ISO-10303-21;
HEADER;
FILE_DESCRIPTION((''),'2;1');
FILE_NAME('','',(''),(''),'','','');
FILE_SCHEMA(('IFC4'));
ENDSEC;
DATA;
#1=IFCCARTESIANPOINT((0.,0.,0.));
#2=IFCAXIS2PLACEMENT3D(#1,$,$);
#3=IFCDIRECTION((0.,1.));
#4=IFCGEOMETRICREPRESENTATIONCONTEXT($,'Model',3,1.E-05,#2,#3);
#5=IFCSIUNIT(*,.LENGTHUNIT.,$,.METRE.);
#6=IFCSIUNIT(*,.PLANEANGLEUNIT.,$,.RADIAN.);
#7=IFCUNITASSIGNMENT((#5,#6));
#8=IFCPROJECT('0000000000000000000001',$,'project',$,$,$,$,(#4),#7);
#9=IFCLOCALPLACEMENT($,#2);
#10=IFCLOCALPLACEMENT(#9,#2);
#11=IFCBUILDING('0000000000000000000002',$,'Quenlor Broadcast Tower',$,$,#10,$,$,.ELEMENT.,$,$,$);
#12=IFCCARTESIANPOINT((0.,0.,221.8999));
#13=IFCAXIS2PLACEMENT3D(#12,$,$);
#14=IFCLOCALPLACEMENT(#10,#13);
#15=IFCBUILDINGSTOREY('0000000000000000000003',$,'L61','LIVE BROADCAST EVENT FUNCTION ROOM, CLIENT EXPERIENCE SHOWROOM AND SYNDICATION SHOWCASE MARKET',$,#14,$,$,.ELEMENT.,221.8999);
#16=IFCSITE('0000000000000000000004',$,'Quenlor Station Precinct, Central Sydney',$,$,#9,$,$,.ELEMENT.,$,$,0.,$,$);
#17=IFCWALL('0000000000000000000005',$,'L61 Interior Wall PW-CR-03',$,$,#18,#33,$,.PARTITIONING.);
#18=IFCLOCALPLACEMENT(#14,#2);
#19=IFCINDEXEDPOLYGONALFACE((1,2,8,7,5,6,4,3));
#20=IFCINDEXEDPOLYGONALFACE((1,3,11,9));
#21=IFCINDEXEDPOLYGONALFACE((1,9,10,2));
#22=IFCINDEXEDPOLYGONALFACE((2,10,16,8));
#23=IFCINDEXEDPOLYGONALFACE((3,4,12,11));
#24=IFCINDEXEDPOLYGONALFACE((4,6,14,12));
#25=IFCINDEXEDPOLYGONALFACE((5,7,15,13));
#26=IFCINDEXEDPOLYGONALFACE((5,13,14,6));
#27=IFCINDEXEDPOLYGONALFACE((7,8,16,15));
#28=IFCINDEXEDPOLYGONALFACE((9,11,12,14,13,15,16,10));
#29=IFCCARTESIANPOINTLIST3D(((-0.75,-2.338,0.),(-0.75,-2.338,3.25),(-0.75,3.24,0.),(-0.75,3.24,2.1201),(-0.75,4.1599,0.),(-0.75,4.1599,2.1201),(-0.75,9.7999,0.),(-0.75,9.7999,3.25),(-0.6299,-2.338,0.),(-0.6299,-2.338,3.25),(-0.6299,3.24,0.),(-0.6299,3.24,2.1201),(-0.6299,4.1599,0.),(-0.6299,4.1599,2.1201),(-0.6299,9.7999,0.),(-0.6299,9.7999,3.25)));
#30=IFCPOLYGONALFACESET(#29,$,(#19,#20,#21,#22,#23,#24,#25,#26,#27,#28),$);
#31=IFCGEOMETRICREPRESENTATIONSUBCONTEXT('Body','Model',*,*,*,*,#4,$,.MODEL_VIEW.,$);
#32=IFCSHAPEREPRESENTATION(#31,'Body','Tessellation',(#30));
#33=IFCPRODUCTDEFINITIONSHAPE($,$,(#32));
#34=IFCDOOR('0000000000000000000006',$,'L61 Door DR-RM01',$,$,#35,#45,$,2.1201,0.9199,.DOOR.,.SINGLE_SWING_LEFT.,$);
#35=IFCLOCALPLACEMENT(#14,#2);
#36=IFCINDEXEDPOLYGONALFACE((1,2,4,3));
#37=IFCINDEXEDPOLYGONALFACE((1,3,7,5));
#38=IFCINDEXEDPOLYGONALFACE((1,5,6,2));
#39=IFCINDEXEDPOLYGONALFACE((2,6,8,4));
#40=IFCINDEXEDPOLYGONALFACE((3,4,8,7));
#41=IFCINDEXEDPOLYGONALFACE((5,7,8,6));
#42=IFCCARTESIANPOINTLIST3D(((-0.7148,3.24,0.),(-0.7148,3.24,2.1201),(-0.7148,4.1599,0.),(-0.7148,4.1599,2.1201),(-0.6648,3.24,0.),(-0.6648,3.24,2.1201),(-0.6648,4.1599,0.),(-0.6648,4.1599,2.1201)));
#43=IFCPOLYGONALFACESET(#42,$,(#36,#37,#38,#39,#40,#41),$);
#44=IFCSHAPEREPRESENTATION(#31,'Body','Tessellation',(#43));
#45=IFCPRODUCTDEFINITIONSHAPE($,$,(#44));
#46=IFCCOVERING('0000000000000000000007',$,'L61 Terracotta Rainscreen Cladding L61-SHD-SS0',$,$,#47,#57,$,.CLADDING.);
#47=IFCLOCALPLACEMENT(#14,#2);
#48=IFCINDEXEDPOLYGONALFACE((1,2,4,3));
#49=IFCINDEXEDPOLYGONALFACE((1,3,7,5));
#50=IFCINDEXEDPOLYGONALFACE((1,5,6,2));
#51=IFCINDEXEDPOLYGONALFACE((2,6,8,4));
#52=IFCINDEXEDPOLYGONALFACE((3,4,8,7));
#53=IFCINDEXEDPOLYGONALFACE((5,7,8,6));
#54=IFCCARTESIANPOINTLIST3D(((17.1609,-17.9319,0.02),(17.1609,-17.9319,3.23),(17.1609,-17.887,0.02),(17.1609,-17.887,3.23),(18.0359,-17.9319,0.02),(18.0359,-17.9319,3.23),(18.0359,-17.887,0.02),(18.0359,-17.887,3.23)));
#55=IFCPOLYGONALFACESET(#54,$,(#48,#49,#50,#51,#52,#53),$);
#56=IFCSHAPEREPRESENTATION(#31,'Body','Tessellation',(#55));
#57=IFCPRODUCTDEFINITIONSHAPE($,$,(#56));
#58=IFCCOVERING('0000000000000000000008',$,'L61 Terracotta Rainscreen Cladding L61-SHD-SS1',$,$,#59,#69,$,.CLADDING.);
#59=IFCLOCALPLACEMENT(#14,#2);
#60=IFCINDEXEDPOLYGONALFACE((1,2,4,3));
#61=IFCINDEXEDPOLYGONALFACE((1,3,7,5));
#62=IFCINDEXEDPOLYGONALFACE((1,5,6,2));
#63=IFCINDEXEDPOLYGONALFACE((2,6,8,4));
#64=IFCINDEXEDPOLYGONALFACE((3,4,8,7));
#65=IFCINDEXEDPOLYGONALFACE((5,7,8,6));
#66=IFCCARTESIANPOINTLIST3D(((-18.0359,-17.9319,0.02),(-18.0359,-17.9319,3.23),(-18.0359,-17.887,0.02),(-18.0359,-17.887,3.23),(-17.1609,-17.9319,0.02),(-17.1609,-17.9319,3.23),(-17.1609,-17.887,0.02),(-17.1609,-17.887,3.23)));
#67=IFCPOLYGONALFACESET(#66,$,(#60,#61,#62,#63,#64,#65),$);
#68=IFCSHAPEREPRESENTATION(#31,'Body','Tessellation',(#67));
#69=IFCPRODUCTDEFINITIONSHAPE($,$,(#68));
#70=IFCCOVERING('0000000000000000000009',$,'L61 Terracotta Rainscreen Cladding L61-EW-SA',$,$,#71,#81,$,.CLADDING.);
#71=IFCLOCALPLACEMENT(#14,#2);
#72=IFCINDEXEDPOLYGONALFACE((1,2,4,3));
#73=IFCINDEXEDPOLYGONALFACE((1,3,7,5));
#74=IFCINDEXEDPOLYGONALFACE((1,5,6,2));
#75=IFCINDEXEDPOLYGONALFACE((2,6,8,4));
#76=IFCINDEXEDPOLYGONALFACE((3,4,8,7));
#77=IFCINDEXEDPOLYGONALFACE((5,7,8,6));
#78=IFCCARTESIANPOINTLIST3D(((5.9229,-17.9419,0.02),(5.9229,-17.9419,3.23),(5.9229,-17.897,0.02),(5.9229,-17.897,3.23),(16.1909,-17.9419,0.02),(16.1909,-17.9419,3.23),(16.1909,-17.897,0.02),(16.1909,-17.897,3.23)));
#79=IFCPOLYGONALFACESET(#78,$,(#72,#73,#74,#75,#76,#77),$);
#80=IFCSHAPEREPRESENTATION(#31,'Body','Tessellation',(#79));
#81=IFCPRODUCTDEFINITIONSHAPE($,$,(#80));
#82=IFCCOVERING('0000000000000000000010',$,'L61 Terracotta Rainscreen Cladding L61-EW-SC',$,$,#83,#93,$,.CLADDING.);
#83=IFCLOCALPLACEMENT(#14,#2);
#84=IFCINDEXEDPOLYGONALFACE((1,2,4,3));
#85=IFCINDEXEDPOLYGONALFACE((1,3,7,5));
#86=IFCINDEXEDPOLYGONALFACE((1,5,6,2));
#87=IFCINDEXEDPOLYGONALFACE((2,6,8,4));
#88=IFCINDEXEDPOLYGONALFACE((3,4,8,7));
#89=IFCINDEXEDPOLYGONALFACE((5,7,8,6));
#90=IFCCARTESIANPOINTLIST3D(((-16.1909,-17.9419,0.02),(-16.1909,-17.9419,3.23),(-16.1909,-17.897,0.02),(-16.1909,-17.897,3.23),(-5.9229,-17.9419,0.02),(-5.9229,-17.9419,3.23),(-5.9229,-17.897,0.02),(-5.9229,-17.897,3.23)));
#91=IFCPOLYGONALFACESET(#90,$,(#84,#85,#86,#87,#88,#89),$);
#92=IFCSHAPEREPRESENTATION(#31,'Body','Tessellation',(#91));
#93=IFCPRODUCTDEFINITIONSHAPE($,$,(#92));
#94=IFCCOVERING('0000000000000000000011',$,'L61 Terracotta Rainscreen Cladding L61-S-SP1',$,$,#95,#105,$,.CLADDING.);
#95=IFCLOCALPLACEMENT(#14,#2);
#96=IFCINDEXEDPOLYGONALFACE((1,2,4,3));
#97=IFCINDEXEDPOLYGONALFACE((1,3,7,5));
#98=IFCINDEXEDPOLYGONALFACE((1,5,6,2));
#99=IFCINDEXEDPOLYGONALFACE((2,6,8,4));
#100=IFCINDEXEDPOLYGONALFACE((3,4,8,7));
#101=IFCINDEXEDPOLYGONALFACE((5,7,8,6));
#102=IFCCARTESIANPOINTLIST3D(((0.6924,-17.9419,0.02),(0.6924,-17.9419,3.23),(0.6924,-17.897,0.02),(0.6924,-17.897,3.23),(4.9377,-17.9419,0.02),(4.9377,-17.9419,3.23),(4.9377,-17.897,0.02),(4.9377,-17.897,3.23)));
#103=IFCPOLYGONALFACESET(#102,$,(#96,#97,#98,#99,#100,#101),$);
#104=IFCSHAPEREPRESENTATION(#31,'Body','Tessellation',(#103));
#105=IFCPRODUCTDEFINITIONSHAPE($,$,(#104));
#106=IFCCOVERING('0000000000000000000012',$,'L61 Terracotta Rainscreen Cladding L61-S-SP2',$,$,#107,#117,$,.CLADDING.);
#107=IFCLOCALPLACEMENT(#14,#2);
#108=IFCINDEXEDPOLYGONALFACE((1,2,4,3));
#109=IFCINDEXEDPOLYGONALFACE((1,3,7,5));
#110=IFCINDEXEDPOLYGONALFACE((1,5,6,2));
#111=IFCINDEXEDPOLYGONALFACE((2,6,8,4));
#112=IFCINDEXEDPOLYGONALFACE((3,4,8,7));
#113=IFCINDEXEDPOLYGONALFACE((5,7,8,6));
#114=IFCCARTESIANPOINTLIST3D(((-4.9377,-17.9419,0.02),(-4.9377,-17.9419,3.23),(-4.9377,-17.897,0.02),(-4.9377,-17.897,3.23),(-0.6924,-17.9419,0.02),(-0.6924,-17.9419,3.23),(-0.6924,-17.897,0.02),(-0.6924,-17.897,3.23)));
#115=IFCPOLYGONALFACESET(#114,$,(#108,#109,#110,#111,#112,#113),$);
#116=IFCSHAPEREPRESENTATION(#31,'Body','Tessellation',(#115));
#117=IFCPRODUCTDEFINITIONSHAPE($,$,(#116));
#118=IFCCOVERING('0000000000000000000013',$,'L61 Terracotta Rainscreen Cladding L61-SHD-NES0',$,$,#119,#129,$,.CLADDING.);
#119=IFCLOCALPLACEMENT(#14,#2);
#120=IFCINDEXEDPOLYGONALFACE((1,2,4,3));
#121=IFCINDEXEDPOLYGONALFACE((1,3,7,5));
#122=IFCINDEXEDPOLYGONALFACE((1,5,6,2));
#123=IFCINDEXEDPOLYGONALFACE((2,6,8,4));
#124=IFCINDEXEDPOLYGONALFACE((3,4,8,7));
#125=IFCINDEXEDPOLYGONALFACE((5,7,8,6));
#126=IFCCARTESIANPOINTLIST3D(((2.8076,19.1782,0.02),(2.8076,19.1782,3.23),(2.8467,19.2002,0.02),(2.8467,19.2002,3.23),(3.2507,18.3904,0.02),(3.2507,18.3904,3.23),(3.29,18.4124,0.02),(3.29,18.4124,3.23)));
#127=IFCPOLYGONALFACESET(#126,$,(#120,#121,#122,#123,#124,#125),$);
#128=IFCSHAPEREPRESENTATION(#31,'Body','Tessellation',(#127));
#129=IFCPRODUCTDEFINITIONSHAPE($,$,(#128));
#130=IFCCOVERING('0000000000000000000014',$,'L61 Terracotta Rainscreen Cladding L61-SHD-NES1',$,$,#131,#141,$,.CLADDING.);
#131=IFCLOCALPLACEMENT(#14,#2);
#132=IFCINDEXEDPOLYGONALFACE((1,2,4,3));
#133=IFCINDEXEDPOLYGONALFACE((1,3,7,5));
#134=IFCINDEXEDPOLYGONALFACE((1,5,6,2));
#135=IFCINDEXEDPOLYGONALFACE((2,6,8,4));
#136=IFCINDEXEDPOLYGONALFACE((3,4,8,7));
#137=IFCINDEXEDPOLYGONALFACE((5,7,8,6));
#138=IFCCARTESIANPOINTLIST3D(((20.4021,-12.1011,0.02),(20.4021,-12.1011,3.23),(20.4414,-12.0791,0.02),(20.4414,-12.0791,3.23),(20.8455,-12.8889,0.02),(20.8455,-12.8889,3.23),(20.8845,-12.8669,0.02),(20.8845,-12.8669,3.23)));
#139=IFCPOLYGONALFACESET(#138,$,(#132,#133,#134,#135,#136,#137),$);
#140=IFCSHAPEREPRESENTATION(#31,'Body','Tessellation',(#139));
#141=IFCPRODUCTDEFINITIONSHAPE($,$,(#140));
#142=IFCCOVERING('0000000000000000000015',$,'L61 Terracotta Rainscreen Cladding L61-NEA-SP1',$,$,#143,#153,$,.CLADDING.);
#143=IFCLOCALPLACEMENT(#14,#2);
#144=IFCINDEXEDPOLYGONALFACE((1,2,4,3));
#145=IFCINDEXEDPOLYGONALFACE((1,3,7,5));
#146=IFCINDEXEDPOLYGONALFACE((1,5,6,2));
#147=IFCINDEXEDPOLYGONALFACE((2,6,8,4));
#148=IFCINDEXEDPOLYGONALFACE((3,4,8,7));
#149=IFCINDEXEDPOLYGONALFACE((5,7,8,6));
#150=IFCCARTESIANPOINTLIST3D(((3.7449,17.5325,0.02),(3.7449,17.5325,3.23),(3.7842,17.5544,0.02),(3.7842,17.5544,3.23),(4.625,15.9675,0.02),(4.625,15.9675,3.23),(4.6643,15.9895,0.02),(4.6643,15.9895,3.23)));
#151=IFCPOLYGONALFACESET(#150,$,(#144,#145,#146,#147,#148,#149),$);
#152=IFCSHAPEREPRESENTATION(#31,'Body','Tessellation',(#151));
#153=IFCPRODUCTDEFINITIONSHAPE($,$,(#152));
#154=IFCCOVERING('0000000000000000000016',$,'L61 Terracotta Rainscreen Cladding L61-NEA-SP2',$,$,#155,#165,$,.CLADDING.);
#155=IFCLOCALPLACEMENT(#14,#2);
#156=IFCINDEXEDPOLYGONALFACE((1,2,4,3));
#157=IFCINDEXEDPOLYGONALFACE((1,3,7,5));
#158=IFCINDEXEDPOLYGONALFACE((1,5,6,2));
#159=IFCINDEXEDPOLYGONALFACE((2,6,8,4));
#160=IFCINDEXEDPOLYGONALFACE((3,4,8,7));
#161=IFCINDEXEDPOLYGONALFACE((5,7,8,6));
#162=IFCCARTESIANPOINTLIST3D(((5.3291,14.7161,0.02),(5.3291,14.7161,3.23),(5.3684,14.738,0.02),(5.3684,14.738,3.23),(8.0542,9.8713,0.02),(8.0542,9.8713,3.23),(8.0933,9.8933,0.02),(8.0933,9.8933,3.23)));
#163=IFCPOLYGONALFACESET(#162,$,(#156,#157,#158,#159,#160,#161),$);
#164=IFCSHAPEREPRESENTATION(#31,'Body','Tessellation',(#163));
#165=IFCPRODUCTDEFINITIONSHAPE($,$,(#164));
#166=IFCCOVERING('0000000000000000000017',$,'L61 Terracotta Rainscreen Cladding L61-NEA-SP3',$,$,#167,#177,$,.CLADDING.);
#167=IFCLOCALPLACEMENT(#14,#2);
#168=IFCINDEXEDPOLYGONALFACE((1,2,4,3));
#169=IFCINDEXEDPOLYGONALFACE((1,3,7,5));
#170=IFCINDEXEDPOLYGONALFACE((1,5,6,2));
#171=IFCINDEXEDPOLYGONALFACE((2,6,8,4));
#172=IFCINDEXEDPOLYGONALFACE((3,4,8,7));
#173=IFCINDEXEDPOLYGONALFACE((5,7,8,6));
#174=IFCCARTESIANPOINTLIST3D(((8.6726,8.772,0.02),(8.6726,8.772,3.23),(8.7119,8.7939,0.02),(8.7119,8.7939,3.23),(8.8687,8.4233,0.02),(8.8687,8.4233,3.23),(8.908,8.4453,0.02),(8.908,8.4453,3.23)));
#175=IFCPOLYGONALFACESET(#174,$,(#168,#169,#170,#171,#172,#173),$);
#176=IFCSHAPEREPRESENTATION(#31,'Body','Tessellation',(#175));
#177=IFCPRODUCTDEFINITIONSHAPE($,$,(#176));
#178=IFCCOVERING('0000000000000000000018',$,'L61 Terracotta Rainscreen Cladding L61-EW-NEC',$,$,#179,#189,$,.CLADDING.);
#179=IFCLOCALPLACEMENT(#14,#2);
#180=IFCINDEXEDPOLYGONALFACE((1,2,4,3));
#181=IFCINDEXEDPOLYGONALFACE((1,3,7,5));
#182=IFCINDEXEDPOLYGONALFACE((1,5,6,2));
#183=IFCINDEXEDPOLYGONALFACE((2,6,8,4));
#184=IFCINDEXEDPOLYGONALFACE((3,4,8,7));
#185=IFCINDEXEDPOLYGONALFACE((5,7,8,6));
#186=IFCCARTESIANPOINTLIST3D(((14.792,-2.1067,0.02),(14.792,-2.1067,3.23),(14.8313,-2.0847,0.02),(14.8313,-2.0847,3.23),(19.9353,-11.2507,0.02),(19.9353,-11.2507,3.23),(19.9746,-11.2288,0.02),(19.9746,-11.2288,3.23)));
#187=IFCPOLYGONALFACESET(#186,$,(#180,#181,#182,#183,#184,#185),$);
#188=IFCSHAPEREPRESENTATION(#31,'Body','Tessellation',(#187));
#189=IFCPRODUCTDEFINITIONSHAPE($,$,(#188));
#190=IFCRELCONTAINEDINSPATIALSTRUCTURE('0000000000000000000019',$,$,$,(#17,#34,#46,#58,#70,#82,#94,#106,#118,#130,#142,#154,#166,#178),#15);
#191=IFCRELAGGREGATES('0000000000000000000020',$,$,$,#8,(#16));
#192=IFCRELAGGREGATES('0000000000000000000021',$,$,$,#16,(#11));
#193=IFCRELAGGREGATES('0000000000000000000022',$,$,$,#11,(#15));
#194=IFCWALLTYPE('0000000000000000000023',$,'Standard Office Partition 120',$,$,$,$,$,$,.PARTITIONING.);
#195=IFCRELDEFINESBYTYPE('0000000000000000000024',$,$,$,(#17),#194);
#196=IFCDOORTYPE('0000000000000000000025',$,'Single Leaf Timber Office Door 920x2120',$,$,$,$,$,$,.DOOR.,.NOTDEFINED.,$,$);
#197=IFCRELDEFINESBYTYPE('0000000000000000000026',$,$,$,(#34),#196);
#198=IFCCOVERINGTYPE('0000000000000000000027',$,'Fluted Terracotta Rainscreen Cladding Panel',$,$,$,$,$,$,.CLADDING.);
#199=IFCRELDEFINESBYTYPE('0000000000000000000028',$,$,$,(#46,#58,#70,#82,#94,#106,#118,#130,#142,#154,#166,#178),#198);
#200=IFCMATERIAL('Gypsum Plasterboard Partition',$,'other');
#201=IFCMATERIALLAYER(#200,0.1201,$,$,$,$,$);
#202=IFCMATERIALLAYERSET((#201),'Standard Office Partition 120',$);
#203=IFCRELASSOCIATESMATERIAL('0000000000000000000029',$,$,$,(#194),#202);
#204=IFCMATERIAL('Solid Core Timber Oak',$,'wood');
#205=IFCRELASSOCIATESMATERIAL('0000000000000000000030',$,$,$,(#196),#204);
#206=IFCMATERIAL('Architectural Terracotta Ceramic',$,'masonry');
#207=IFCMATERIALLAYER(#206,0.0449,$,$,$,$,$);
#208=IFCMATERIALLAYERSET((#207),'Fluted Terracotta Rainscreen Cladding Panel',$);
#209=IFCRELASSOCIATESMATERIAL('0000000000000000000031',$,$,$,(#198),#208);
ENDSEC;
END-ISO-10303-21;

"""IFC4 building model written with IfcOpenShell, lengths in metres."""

from ifc_helpers import new_model, si_unit, direction, frame, frame_2d, origin, place, context, subcontext, project, spatial, polyline, rectangle, outline, extrude, material, layer, layer_set, type_object, element, fill, save


model = new_model("IFC4")

# Units and contexts
model_context = context("Model", 3, precision=1e-05, world=origin(), true_north=direction((0.0, 1.0)))
body_context = subcontext(model_context, "Body", "Model", "MODEL_VIEW")
ifc_project = project(units=[si_unit("LENGTHUNIT", "METRE"), si_unit("PLANEANGLEUNIT", "RADIAN")], contexts=[model_context])

# Site, building, storey
site_placement = place(None, origin())
site = spatial("IfcSite", under=ifc_project, at=site_placement, Name="Quenlor Station Precinct, Central Sydney", CompositionType="ELEMENT", RefElevation=0.0)
building_placement = place(site_placement, origin())
building = spatial("IfcBuilding", under=site, at=building_placement, Name="Quenlor Broadcast Tower", CompositionType="ELEMENT")
storey_placement = place(building_placement, frame((0.0, 0.0, 221.8999)))
storey = spatial("IfcBuildingStorey", under=building, at=storey_placement, Name="L61", Description="LIVE BROADCAST EVENT FUNCTION ROOM, CLIENT EXPERIENCE SHOWROOM AND SYNDICATION SHOWCASE MARKET", CompositionType="ELEMENT", Elevation=221.8999)

# Shared definitions
ifc_material_1 = material(Name="Gypsum Plasterboard Partition", Category="other")
ifc_layer_1 = layer(ifc_material_1, 0.1201)
ifc_layer_set_1 = layer_set([ifc_layer_1], Name="Standard Office Partition 120")
wall_type = type_object("IfcWallType", Name="Standard Office Partition 120", PredefinedType="PARTITIONING", material=ifc_layer_set_1)

# Wall, opening, door
wall_placement = place(storey_placement, frame((-0.6899, -2.3379, 0.0), z_axis=(0.0, 0.0, 1.0), x_axis=(0.0, 1.0, 0.0)))
wall = element("IfcWall", 1, at=wall_placement, inside=storey, type_object=wall_type, Name="L61 Interior Wall PW-CR-03", PredefinedType="PARTITIONING", context=body_context, shape_type="SweptSolid", body=[
    extrude(rectangle(XDim=12.1379, YDim=0.1201, at=frame_2d((6.0688, 0.0))), origin(), (0.0, 0.0, 1.0), 3.25),
])
opening_placement = place(wall_placement, frame((5.5779, 0.0, 0.0)))
opening = element("IfcOpeningElement", 2, at=opening_placement, cuts=wall, PredefinedType="OPENING", context=body_context, shape_type="SweptSolid", body=[
    extrude(rectangle(XDim=0.9199, YDim=2.1201, at=frame_2d((0.46, 1.0601))), frame((0.0, 0.0701, 0.0), z_axis=(0.0, -1.0, 0.0), x_axis=(1.0, 0.0, 0.0)), (0.0, 0.0, 1.0), 0.1401),
])
ifc_material_2 = material(Name="Solid Core Timber Oak", Category="wood")
door_type = type_object("IfcDoorType", Name="Single Leaf Timber Office Door 920x2120", OperationType="NOTDEFINED", PredefinedType="DOOR", material=ifc_material_2)
door_placement = place(opening_placement, origin())
door = element("IfcDoor", 3, at=door_placement, inside=storey, type_object=door_type, Name="L61 Door DR-RM01", OperationType="SINGLE_SWING_LEFT", OverallHeight=2.1201, OverallWidth=0.9199, PredefinedType="DOOR", context=body_context, shape_type="SweptSolid", body=[
    extrude(rectangle(XDim=0.9199, YDim=2.1201, at=frame_2d((0.46, 1.0601))), frame((0.0, 0.0249, 0.0), z_axis=(0.0, -1.0, 0.0), x_axis=(1.0, 0.0, 0.0)), (0.0, 0.0, 1.0), 0.05),
])
fill(opening, door)

# Coverings
ifc_material_3 = material(Name="Architectural Terracotta Ceramic", Category="masonry")
ifc_layer_2 = layer(ifc_material_3, 0.0449)
ifc_layer_set_2 = layer_set([ifc_layer_2], Name="Fluted Terracotta Rainscreen Cladding Panel")
covering_type = type_object("IfcCoveringType", Name="Fluted Terracotta Rainscreen Cladding Panel", PredefinedType="CLADDING", material=ifc_layer_set_2)
covering_1_placement = place(storey_placement, frame((0.0, 0.0, 0.02)))
element("IfcCovering", 4, at=covering_1_placement, inside=storey, type_object=covering_type, Name="L61 Terracotta Rainscreen Cladding L61-SHD-SS0", PredefinedType="CLADDING", context=body_context, shape_type="SweptSolid", body=[
    extrude(outline(polyline([(18.0359, -17.887), (17.1609, -17.887), (17.1609, -17.9319), (18.0359, -17.9319), (18.0359, -17.887)])), origin(), (0.0, 0.0, 1.0), 3.21),
])
covering_2_placement = place(storey_placement, frame((0.0, 0.0, 0.02)))
element("IfcCovering", 5, at=covering_2_placement, inside=storey, type_object=covering_type, Name="L61 Terracotta Rainscreen Cladding L61-SHD-SS1", PredefinedType="CLADDING", context=body_context, shape_type="SweptSolid", body=[
    extrude(outline(polyline([(-17.1609, -17.887), (-18.0359, -17.887), (-18.0359, -17.9319), (-17.1609, -17.9319), (-17.1609, -17.887)])), origin(), (0.0, 0.0, 1.0), 3.21),
])
covering_3_placement = place(storey_placement, frame((0.0, 0.0, 0.02)))
element("IfcCovering", 6, at=covering_3_placement, inside=storey, type_object=covering_type, Name="L61 Terracotta Rainscreen Cladding L61-EW-SA", PredefinedType="CLADDING", context=body_context, shape_type="SweptSolid", body=[
    extrude(outline(polyline([(16.1909, -17.897), (5.9229, -17.897), (5.9229, -17.9419), (16.1909, -17.9419), (16.1909, -17.897)])), origin(), (0.0, 0.0, 1.0), 3.21),
])
covering_4_placement = place(storey_placement, frame((0.0, 0.0, 0.02)))
element("IfcCovering", 7, at=covering_4_placement, inside=storey, type_object=covering_type, Name="L61 Terracotta Rainscreen Cladding L61-EW-SC", PredefinedType="CLADDING", context=body_context, shape_type="SweptSolid", body=[
    extrude(outline(polyline([(-5.9229, -17.897), (-16.1909, -17.897), (-16.1909, -17.9419), (-5.9229, -17.9419), (-5.9229, -17.897)])), origin(), (0.0, 0.0, 1.0), 3.21),
])
covering_5_placement = place(storey_placement, frame((0.0, 0.0, 0.02)))
element("IfcCovering", 8, at=covering_5_placement, inside=storey, type_object=covering_type, Name="L61 Terracotta Rainscreen Cladding L61-S-SP1", PredefinedType="CLADDING", context=body_context, shape_type="SweptSolid", body=[
    extrude(outline(polyline([(4.9377, -17.897), (0.6924, -17.897), (0.6924, -17.9419), (4.9377, -17.9419), (4.9377, -17.897)])), origin(), (0.0, 0.0, 1.0), 3.21),
])
covering_6_placement = place(storey_placement, frame((0.0, 0.0, 0.02)))
element("IfcCovering", 9, at=covering_6_placement, inside=storey, type_object=covering_type, Name="L61 Terracotta Rainscreen Cladding L61-S-SP2", PredefinedType="CLADDING", context=body_context, shape_type="SweptSolid", body=[
    extrude(outline(polyline([(-0.6924, -17.897), (-4.9377, -17.897), (-4.9377, -17.9419), (-0.6924, -17.9419), (-0.6924, -17.897)])), origin(), (0.0, 0.0, 1.0), 3.21),
])
covering_7_placement = place(storey_placement, frame((0.0, 0.0, 0.02)))
element("IfcCovering", 10, at=covering_7_placement, inside=storey, type_object=covering_type, Name="L61 Terracotta Rainscreen Cladding L61-SHD-NES0", PredefinedType="CLADDING", context=body_context, shape_type="SweptSolid", body=[
    extrude(outline(polyline([(2.8076, 19.1782), (3.2507, 18.3904), (3.29, 18.4124), (2.8467, 19.2002), (2.8076, 19.1782)])), origin(), (0.0, 0.0, 1.0), 3.21),
])
covering_8_placement = place(storey_placement, frame((0.0, 0.0, 0.02)))
element("IfcCovering", 11, at=covering_8_placement, inside=storey, type_object=covering_type, Name="L61 Terracotta Rainscreen Cladding L61-SHD-NES1", PredefinedType="CLADDING", context=body_context, shape_type="SweptSolid", body=[
    extrude(outline(polyline([(20.4021, -12.1011), (20.8455, -12.8889), (20.8845, -12.8669), (20.4414, -12.0791), (20.4021, -12.1011)])), origin(), (0.0, 0.0, 1.0), 3.21),
])
covering_9_placement = place(storey_placement, frame((0.0, 0.0, 0.02)))
element("IfcCovering", 12, at=covering_9_placement, inside=storey, type_object=covering_type, Name="L61 Terracotta Rainscreen Cladding L61-NEA-SP1", PredefinedType="CLADDING", context=body_context, shape_type="SweptSolid", body=[
    extrude(outline(polyline([(3.7449, 17.5325), (4.625, 15.9675), (4.6643, 15.9895), (3.7842, 17.5544), (3.7449, 17.5325)])), origin(), (0.0, 0.0, 1.0), 3.21),
])
covering_10_placement = place(storey_placement, frame((0.0, 0.0, 0.02)))
element("IfcCovering", 13, at=covering_10_placement, inside=storey, type_object=covering_type, Name="L61 Terracotta Rainscreen Cladding L61-NEA-SP2", PredefinedType="CLADDING", context=body_context, shape_type="SweptSolid", body=[
    extrude(outline(polyline([(5.3291, 14.7161), (8.0542, 9.8713), (8.0933, 9.8933), (5.3684, 14.738), (5.3291, 14.7161)])), origin(), (0.0, 0.0, 1.0), 3.21),
])
covering_11_placement = place(storey_placement, frame((0.0, 0.0, 0.02)))
element("IfcCovering", 14, at=covering_11_placement, inside=storey, type_object=covering_type, Name="L61 Terracotta Rainscreen Cladding L61-NEA-SP3", PredefinedType="CLADDING", context=body_context, shape_type="SweptSolid", body=[
    extrude(outline(polyline([(8.6726, 8.772), (8.8687, 8.4233), (8.908, 8.4453), (8.7119, 8.7939), (8.6726, 8.772)])), origin(), (0.0, 0.0, 1.0), 3.21),
])
covering_12_placement = place(storey_placement, frame((0.0, 0.0, 0.02)))
element("IfcCovering", 15, at=covering_12_placement, inside=storey, type_object=covering_type, Name="L61 Terracotta Rainscreen Cladding L61-EW-NEC", PredefinedType="CLADDING", context=body_context, shape_type="SweptSolid", body=[
    extrude(outline(polyline([(14.792, -2.1067), (19.9353, -11.2507), (19.9746, -11.2288), (14.8313, -2.0847), (14.792, -2.1067)])), origin(), (0.0, 0.0, 1.0), 3.21),
])

save(model, "model.ifc")
